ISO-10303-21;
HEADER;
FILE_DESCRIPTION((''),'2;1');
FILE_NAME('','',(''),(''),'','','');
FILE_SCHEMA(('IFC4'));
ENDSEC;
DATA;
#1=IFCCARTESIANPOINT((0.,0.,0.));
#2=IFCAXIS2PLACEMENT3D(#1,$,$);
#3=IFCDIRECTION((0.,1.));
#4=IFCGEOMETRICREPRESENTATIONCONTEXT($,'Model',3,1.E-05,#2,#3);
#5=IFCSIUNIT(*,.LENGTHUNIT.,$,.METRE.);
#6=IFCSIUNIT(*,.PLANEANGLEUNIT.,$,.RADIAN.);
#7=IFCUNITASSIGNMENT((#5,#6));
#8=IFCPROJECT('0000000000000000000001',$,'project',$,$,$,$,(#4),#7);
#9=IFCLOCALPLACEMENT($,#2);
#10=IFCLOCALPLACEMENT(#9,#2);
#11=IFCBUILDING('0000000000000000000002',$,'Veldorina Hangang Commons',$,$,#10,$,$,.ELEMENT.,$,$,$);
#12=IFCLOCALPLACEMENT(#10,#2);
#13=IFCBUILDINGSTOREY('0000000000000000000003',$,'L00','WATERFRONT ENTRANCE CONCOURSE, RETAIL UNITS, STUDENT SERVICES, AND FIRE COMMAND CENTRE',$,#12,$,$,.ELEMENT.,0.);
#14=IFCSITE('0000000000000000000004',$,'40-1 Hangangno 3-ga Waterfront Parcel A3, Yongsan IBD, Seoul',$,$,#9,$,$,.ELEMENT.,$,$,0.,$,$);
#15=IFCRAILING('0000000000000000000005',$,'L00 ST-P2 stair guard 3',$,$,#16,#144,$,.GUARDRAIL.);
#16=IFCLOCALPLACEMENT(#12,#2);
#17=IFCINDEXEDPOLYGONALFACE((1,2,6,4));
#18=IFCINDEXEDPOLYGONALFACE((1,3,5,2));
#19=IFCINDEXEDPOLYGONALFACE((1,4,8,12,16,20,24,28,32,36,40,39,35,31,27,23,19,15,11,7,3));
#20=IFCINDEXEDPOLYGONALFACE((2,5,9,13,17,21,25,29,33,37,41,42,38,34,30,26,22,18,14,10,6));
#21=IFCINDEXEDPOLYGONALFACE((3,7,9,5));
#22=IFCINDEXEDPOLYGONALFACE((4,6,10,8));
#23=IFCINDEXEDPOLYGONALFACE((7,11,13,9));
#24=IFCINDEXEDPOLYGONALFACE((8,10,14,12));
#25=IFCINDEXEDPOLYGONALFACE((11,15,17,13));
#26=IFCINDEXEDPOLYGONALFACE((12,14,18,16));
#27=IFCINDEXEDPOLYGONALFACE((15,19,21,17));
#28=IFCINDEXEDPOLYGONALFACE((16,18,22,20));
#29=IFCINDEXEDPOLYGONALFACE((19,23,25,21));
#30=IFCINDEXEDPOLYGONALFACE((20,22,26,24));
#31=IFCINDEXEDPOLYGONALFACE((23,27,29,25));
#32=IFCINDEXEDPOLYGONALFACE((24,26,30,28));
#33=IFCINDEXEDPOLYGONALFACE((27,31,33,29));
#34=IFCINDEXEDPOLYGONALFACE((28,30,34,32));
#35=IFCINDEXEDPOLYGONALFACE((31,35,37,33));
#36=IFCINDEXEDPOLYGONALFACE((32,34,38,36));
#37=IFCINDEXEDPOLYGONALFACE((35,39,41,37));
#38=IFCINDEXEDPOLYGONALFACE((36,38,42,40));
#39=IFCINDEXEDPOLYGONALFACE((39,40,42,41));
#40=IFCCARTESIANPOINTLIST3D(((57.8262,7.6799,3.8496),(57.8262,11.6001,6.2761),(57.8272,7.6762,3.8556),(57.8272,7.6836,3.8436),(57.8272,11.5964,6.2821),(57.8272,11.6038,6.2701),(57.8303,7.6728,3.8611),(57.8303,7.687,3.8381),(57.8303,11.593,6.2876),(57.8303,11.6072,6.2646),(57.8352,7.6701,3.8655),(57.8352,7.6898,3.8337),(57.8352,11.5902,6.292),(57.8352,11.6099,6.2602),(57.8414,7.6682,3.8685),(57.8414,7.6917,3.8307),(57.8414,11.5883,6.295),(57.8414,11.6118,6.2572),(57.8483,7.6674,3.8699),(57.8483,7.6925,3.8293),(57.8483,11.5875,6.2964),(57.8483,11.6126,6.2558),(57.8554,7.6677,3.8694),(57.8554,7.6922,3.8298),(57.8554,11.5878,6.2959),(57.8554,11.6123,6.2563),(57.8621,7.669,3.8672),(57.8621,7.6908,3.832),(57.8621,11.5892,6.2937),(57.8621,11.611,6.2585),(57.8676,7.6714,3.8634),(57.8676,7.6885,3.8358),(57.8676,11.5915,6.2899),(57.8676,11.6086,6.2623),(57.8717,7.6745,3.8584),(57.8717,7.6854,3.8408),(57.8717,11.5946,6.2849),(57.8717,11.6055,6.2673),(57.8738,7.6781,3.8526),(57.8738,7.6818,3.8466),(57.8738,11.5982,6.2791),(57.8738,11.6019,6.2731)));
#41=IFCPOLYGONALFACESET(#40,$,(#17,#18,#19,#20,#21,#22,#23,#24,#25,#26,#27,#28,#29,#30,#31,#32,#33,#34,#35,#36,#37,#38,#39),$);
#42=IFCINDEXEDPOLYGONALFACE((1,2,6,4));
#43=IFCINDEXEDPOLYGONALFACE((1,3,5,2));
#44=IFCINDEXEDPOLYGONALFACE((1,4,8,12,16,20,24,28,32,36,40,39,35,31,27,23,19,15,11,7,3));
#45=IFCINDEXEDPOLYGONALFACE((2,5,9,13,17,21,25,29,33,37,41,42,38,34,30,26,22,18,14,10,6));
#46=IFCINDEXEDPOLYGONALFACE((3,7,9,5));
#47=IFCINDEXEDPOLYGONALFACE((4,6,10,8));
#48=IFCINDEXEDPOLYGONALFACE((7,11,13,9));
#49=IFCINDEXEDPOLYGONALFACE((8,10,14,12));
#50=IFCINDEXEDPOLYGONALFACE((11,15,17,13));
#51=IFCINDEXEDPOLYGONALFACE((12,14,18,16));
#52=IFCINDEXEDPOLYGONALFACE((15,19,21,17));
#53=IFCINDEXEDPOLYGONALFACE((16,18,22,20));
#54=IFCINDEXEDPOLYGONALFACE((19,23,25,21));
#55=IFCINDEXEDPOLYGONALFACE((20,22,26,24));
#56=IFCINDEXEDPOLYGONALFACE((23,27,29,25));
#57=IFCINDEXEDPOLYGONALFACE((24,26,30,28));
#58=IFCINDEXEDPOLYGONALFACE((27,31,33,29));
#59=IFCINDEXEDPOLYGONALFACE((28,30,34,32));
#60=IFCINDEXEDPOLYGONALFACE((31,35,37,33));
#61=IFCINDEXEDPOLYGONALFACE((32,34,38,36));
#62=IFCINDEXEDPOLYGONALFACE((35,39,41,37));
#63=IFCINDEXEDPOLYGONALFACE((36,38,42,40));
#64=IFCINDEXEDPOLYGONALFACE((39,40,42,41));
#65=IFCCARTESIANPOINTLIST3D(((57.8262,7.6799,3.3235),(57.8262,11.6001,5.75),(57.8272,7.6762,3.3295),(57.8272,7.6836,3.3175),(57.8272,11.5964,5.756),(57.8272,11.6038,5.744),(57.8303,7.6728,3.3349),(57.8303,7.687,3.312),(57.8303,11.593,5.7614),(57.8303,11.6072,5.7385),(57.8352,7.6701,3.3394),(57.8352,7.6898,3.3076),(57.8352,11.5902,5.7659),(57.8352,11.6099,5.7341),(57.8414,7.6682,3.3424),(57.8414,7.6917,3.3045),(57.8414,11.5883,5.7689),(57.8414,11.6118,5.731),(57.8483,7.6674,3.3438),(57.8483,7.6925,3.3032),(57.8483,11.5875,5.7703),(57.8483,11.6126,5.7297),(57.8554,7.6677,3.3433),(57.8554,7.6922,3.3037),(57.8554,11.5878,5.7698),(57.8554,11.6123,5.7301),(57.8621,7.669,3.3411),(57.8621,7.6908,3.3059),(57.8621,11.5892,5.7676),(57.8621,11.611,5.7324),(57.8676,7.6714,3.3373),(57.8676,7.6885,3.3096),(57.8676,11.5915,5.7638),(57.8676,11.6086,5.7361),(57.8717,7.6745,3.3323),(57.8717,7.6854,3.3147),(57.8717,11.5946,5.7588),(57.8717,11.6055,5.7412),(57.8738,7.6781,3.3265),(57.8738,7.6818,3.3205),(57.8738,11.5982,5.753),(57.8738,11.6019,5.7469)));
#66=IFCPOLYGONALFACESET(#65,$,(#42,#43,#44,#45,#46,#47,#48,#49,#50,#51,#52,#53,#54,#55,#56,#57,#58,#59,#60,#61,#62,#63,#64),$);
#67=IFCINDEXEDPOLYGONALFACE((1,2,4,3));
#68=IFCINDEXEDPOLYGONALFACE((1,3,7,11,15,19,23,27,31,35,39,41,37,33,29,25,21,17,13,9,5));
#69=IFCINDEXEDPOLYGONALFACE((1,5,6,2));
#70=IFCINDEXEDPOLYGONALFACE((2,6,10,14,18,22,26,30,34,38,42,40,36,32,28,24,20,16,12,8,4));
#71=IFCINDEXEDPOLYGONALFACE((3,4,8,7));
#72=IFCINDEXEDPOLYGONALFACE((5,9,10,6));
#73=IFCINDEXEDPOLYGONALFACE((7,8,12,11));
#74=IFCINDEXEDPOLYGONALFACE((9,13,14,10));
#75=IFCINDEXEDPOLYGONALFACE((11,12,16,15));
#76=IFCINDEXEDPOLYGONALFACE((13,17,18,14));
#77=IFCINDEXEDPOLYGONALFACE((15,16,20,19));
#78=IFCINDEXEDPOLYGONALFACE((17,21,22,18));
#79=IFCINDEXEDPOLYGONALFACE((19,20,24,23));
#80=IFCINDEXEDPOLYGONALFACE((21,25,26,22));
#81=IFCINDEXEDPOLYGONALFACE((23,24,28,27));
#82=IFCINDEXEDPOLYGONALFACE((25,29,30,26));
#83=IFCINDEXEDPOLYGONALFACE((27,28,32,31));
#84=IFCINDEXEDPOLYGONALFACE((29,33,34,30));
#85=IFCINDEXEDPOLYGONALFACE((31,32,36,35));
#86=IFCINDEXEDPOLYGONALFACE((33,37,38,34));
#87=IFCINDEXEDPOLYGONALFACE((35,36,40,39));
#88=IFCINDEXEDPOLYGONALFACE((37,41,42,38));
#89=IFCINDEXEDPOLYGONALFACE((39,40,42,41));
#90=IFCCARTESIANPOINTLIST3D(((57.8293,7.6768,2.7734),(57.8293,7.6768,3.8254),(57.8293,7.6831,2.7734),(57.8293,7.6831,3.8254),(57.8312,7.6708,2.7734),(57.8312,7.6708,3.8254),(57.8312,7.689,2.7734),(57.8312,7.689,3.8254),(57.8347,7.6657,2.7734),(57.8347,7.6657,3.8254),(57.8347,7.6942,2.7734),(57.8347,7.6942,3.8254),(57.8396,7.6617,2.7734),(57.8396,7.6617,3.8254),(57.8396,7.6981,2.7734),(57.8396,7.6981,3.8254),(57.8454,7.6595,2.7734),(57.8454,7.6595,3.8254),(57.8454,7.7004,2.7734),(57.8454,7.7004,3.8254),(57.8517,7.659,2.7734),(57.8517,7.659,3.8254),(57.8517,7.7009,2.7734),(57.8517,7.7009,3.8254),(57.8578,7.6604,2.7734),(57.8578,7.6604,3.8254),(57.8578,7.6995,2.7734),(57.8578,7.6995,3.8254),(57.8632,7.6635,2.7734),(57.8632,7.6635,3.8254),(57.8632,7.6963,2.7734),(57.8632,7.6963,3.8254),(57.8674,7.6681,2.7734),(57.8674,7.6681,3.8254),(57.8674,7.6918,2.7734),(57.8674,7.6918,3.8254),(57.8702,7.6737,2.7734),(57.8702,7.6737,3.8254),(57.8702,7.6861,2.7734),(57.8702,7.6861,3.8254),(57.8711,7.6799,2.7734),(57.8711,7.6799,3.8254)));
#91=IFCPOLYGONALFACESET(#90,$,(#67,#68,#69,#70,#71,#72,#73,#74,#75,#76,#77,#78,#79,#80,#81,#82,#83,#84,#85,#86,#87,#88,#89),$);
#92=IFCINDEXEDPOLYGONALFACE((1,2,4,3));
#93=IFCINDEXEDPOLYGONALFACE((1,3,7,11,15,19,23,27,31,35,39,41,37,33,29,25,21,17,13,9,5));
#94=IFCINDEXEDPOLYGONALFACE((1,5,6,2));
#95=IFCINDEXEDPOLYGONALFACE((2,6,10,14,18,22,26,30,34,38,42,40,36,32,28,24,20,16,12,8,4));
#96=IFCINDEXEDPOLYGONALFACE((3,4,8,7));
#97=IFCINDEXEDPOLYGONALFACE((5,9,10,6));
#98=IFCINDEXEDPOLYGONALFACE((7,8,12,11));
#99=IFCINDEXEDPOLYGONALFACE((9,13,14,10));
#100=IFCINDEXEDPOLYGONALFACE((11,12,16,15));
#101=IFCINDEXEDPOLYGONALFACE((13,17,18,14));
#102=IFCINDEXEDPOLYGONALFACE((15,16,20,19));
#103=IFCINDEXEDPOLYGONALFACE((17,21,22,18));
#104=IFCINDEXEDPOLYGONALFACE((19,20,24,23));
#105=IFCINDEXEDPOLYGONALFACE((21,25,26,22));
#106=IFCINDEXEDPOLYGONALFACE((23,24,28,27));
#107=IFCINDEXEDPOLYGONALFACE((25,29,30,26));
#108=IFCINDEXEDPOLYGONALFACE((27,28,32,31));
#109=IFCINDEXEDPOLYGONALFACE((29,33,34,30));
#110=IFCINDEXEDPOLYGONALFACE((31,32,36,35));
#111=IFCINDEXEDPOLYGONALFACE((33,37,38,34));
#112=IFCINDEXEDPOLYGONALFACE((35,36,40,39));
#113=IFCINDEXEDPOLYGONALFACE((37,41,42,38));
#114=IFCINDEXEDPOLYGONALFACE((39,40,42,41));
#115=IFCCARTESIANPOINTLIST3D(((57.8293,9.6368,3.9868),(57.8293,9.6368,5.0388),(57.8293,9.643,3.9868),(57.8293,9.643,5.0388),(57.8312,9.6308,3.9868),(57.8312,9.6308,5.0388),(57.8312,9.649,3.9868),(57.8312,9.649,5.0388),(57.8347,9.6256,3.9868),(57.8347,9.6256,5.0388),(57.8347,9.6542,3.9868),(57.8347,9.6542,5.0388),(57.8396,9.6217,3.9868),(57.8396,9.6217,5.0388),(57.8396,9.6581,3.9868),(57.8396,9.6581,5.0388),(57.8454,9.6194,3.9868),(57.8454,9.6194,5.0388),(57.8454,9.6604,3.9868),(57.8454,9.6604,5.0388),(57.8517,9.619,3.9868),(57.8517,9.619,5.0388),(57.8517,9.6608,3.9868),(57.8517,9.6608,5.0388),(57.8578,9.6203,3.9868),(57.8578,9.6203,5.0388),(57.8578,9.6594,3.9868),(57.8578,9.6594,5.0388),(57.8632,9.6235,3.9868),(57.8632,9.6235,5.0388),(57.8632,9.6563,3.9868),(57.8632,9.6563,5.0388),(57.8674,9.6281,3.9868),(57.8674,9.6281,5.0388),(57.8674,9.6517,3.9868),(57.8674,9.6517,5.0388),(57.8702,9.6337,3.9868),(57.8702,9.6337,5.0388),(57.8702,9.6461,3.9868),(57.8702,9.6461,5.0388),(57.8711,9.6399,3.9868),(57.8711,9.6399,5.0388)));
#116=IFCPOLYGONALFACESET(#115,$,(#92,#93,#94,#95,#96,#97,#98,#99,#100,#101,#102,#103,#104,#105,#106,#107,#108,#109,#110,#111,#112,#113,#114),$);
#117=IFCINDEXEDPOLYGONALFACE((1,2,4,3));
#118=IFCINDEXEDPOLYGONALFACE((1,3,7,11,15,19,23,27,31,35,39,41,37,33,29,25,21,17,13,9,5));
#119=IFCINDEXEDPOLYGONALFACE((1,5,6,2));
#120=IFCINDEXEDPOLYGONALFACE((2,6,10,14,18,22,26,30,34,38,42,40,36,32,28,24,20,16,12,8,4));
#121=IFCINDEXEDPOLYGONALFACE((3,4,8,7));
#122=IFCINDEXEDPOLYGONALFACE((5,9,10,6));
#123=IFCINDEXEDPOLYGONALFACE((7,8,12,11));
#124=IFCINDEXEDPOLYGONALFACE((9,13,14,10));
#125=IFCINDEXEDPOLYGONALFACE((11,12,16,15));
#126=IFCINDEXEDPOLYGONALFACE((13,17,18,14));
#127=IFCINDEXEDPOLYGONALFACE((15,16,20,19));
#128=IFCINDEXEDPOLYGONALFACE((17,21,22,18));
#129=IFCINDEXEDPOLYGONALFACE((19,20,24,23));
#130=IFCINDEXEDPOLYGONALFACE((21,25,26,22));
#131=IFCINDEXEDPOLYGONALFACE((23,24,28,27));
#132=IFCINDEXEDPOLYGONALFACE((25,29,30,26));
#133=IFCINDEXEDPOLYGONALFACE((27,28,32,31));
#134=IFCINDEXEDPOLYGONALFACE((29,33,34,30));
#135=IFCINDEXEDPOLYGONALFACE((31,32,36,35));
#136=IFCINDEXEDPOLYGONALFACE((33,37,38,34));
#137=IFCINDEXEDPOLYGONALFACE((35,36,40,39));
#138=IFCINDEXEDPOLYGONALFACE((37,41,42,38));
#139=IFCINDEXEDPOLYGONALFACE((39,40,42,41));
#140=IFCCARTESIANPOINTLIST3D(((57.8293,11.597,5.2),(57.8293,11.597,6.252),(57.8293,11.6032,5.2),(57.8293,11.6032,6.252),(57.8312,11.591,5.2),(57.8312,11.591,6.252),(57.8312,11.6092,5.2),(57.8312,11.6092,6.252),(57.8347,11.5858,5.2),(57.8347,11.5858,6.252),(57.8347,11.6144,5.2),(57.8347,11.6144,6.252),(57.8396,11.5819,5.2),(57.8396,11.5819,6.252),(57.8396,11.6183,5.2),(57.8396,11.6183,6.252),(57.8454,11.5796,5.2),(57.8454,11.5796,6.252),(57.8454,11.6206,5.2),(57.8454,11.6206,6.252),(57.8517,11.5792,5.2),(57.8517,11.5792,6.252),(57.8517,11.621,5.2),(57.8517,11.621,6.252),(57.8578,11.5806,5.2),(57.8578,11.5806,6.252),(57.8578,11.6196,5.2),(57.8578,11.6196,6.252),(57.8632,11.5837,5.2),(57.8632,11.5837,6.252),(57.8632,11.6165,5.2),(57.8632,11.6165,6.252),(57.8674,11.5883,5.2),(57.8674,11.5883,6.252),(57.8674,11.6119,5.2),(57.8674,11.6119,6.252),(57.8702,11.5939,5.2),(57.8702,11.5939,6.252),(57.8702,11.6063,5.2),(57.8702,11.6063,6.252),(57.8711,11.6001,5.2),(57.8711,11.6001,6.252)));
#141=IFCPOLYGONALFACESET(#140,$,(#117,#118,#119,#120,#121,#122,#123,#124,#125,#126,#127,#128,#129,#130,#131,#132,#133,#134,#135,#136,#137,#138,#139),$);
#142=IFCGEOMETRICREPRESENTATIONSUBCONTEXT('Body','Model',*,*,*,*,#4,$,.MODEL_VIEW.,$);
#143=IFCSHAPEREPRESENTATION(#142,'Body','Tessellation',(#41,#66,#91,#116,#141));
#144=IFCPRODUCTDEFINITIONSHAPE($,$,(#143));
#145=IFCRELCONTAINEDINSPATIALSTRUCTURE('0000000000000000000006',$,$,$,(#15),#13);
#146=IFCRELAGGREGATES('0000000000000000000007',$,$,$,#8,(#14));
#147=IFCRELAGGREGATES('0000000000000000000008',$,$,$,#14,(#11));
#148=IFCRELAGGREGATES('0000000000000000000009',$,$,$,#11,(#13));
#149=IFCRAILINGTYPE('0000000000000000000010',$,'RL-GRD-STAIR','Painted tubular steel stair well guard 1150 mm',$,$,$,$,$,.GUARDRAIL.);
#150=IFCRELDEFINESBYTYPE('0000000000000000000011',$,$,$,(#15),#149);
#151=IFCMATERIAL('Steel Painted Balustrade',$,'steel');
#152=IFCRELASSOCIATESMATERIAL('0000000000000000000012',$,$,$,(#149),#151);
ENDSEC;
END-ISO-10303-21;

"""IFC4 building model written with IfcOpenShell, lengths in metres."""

from ifc_helpers import new_model, si_unit, direction, frame, origin, origin_2d, place, context, subcontext, project, spatial, circle, extrude, material, type_object, element, save


model = new_model("IFC4")

# Units and contexts
model_context = context("Model", 3, precision=1e-05, world=origin(), true_north=direction((0.0, 1.0)))
body_context = subcontext(model_context, "Body", "Model", "MODEL_VIEW")
ifc_project = project(units=[si_unit("LENGTHUNIT", "METRE"), si_unit("PLANEANGLEUNIT", "RADIAN")], contexts=[model_context])

# Site, building, storey
site_placement = place(None, origin())
site = spatial("IfcSite", under=ifc_project, at=site_placement, Name="40-1 Hangangno 3-ga Waterfront Parcel A3, Yongsan IBD, Seoul", CompositionType="ELEMENT", RefElevation=0.0)
building_placement = place(site_placement, origin())
building = spatial("IfcBuilding", under=site, at=building_placement, Name="Veldorina Hangang Commons", CompositionType="ELEMENT")
storey_placement = place(building_placement, origin())
storey = spatial("IfcBuildingStorey", under=building, at=storey_placement, Name="L00", Description="WATERFRONT ENTRANCE CONCOURSE, RETAIL UNITS, STUDENT SERVICES, AND FIRE COMMAND CENTRE", CompositionType="ELEMENT", Elevation=0.0)

# Railing
ifc_material_1 = material(Name="Steel Painted Balustrade", Category="steel")
railing_type_1 = type_object("IfcRailingType", Name="RL-GRD-STAIR", Description="Painted tubular steel stair well guard 1150 mm", PredefinedType="GUARDRAIL", material=ifc_material_1)
railing_1_placement = place(storey_placement, frame((57.8501, 7.6799, 2.7734)))
element("IfcRailing", 1, at=railing_1_placement, inside=storey, type_object=railing_type_1, Name="L00 ST-P2 stair guard 3", PredefinedType="GUARDRAIL", context=body_context, shape_type="SweptSolid", body=[
    extrude(circle(Radius=0.0239, at=origin_2d()), frame((0.0, 0.0, 1.0762), z_axis=(0.0, 0.85029, 0.526315), x_axis=(-1.0, 0.0, 0.0)), (0.0, 0.0, 1.0), 4.6104),
    extrude(circle(Radius=0.0239, at=origin_2d()), frame((0.0, 0.0, 0.55), z_axis=(0.0, 0.85029, 0.526315), x_axis=(-1.0, 0.0, 0.0)), (0.0, 0.0, 1.0), 4.6104),
    extrude(circle(Radius=0.021, at=origin_2d()), origin(), (0.0, 0.0, 1.0), 1.052),
    extrude(circle(Radius=0.021, at=origin_2d()), frame((0.0, 1.96, 1.2134)), (0.0, 0.0, 1.0), 1.052),
    extrude(circle(Radius=0.021, at=origin_2d()), frame((0.0, 3.9202, 2.4265)), (0.0, 0.0, 1.0), 1.052),
])

save(model, "model.ifc")
